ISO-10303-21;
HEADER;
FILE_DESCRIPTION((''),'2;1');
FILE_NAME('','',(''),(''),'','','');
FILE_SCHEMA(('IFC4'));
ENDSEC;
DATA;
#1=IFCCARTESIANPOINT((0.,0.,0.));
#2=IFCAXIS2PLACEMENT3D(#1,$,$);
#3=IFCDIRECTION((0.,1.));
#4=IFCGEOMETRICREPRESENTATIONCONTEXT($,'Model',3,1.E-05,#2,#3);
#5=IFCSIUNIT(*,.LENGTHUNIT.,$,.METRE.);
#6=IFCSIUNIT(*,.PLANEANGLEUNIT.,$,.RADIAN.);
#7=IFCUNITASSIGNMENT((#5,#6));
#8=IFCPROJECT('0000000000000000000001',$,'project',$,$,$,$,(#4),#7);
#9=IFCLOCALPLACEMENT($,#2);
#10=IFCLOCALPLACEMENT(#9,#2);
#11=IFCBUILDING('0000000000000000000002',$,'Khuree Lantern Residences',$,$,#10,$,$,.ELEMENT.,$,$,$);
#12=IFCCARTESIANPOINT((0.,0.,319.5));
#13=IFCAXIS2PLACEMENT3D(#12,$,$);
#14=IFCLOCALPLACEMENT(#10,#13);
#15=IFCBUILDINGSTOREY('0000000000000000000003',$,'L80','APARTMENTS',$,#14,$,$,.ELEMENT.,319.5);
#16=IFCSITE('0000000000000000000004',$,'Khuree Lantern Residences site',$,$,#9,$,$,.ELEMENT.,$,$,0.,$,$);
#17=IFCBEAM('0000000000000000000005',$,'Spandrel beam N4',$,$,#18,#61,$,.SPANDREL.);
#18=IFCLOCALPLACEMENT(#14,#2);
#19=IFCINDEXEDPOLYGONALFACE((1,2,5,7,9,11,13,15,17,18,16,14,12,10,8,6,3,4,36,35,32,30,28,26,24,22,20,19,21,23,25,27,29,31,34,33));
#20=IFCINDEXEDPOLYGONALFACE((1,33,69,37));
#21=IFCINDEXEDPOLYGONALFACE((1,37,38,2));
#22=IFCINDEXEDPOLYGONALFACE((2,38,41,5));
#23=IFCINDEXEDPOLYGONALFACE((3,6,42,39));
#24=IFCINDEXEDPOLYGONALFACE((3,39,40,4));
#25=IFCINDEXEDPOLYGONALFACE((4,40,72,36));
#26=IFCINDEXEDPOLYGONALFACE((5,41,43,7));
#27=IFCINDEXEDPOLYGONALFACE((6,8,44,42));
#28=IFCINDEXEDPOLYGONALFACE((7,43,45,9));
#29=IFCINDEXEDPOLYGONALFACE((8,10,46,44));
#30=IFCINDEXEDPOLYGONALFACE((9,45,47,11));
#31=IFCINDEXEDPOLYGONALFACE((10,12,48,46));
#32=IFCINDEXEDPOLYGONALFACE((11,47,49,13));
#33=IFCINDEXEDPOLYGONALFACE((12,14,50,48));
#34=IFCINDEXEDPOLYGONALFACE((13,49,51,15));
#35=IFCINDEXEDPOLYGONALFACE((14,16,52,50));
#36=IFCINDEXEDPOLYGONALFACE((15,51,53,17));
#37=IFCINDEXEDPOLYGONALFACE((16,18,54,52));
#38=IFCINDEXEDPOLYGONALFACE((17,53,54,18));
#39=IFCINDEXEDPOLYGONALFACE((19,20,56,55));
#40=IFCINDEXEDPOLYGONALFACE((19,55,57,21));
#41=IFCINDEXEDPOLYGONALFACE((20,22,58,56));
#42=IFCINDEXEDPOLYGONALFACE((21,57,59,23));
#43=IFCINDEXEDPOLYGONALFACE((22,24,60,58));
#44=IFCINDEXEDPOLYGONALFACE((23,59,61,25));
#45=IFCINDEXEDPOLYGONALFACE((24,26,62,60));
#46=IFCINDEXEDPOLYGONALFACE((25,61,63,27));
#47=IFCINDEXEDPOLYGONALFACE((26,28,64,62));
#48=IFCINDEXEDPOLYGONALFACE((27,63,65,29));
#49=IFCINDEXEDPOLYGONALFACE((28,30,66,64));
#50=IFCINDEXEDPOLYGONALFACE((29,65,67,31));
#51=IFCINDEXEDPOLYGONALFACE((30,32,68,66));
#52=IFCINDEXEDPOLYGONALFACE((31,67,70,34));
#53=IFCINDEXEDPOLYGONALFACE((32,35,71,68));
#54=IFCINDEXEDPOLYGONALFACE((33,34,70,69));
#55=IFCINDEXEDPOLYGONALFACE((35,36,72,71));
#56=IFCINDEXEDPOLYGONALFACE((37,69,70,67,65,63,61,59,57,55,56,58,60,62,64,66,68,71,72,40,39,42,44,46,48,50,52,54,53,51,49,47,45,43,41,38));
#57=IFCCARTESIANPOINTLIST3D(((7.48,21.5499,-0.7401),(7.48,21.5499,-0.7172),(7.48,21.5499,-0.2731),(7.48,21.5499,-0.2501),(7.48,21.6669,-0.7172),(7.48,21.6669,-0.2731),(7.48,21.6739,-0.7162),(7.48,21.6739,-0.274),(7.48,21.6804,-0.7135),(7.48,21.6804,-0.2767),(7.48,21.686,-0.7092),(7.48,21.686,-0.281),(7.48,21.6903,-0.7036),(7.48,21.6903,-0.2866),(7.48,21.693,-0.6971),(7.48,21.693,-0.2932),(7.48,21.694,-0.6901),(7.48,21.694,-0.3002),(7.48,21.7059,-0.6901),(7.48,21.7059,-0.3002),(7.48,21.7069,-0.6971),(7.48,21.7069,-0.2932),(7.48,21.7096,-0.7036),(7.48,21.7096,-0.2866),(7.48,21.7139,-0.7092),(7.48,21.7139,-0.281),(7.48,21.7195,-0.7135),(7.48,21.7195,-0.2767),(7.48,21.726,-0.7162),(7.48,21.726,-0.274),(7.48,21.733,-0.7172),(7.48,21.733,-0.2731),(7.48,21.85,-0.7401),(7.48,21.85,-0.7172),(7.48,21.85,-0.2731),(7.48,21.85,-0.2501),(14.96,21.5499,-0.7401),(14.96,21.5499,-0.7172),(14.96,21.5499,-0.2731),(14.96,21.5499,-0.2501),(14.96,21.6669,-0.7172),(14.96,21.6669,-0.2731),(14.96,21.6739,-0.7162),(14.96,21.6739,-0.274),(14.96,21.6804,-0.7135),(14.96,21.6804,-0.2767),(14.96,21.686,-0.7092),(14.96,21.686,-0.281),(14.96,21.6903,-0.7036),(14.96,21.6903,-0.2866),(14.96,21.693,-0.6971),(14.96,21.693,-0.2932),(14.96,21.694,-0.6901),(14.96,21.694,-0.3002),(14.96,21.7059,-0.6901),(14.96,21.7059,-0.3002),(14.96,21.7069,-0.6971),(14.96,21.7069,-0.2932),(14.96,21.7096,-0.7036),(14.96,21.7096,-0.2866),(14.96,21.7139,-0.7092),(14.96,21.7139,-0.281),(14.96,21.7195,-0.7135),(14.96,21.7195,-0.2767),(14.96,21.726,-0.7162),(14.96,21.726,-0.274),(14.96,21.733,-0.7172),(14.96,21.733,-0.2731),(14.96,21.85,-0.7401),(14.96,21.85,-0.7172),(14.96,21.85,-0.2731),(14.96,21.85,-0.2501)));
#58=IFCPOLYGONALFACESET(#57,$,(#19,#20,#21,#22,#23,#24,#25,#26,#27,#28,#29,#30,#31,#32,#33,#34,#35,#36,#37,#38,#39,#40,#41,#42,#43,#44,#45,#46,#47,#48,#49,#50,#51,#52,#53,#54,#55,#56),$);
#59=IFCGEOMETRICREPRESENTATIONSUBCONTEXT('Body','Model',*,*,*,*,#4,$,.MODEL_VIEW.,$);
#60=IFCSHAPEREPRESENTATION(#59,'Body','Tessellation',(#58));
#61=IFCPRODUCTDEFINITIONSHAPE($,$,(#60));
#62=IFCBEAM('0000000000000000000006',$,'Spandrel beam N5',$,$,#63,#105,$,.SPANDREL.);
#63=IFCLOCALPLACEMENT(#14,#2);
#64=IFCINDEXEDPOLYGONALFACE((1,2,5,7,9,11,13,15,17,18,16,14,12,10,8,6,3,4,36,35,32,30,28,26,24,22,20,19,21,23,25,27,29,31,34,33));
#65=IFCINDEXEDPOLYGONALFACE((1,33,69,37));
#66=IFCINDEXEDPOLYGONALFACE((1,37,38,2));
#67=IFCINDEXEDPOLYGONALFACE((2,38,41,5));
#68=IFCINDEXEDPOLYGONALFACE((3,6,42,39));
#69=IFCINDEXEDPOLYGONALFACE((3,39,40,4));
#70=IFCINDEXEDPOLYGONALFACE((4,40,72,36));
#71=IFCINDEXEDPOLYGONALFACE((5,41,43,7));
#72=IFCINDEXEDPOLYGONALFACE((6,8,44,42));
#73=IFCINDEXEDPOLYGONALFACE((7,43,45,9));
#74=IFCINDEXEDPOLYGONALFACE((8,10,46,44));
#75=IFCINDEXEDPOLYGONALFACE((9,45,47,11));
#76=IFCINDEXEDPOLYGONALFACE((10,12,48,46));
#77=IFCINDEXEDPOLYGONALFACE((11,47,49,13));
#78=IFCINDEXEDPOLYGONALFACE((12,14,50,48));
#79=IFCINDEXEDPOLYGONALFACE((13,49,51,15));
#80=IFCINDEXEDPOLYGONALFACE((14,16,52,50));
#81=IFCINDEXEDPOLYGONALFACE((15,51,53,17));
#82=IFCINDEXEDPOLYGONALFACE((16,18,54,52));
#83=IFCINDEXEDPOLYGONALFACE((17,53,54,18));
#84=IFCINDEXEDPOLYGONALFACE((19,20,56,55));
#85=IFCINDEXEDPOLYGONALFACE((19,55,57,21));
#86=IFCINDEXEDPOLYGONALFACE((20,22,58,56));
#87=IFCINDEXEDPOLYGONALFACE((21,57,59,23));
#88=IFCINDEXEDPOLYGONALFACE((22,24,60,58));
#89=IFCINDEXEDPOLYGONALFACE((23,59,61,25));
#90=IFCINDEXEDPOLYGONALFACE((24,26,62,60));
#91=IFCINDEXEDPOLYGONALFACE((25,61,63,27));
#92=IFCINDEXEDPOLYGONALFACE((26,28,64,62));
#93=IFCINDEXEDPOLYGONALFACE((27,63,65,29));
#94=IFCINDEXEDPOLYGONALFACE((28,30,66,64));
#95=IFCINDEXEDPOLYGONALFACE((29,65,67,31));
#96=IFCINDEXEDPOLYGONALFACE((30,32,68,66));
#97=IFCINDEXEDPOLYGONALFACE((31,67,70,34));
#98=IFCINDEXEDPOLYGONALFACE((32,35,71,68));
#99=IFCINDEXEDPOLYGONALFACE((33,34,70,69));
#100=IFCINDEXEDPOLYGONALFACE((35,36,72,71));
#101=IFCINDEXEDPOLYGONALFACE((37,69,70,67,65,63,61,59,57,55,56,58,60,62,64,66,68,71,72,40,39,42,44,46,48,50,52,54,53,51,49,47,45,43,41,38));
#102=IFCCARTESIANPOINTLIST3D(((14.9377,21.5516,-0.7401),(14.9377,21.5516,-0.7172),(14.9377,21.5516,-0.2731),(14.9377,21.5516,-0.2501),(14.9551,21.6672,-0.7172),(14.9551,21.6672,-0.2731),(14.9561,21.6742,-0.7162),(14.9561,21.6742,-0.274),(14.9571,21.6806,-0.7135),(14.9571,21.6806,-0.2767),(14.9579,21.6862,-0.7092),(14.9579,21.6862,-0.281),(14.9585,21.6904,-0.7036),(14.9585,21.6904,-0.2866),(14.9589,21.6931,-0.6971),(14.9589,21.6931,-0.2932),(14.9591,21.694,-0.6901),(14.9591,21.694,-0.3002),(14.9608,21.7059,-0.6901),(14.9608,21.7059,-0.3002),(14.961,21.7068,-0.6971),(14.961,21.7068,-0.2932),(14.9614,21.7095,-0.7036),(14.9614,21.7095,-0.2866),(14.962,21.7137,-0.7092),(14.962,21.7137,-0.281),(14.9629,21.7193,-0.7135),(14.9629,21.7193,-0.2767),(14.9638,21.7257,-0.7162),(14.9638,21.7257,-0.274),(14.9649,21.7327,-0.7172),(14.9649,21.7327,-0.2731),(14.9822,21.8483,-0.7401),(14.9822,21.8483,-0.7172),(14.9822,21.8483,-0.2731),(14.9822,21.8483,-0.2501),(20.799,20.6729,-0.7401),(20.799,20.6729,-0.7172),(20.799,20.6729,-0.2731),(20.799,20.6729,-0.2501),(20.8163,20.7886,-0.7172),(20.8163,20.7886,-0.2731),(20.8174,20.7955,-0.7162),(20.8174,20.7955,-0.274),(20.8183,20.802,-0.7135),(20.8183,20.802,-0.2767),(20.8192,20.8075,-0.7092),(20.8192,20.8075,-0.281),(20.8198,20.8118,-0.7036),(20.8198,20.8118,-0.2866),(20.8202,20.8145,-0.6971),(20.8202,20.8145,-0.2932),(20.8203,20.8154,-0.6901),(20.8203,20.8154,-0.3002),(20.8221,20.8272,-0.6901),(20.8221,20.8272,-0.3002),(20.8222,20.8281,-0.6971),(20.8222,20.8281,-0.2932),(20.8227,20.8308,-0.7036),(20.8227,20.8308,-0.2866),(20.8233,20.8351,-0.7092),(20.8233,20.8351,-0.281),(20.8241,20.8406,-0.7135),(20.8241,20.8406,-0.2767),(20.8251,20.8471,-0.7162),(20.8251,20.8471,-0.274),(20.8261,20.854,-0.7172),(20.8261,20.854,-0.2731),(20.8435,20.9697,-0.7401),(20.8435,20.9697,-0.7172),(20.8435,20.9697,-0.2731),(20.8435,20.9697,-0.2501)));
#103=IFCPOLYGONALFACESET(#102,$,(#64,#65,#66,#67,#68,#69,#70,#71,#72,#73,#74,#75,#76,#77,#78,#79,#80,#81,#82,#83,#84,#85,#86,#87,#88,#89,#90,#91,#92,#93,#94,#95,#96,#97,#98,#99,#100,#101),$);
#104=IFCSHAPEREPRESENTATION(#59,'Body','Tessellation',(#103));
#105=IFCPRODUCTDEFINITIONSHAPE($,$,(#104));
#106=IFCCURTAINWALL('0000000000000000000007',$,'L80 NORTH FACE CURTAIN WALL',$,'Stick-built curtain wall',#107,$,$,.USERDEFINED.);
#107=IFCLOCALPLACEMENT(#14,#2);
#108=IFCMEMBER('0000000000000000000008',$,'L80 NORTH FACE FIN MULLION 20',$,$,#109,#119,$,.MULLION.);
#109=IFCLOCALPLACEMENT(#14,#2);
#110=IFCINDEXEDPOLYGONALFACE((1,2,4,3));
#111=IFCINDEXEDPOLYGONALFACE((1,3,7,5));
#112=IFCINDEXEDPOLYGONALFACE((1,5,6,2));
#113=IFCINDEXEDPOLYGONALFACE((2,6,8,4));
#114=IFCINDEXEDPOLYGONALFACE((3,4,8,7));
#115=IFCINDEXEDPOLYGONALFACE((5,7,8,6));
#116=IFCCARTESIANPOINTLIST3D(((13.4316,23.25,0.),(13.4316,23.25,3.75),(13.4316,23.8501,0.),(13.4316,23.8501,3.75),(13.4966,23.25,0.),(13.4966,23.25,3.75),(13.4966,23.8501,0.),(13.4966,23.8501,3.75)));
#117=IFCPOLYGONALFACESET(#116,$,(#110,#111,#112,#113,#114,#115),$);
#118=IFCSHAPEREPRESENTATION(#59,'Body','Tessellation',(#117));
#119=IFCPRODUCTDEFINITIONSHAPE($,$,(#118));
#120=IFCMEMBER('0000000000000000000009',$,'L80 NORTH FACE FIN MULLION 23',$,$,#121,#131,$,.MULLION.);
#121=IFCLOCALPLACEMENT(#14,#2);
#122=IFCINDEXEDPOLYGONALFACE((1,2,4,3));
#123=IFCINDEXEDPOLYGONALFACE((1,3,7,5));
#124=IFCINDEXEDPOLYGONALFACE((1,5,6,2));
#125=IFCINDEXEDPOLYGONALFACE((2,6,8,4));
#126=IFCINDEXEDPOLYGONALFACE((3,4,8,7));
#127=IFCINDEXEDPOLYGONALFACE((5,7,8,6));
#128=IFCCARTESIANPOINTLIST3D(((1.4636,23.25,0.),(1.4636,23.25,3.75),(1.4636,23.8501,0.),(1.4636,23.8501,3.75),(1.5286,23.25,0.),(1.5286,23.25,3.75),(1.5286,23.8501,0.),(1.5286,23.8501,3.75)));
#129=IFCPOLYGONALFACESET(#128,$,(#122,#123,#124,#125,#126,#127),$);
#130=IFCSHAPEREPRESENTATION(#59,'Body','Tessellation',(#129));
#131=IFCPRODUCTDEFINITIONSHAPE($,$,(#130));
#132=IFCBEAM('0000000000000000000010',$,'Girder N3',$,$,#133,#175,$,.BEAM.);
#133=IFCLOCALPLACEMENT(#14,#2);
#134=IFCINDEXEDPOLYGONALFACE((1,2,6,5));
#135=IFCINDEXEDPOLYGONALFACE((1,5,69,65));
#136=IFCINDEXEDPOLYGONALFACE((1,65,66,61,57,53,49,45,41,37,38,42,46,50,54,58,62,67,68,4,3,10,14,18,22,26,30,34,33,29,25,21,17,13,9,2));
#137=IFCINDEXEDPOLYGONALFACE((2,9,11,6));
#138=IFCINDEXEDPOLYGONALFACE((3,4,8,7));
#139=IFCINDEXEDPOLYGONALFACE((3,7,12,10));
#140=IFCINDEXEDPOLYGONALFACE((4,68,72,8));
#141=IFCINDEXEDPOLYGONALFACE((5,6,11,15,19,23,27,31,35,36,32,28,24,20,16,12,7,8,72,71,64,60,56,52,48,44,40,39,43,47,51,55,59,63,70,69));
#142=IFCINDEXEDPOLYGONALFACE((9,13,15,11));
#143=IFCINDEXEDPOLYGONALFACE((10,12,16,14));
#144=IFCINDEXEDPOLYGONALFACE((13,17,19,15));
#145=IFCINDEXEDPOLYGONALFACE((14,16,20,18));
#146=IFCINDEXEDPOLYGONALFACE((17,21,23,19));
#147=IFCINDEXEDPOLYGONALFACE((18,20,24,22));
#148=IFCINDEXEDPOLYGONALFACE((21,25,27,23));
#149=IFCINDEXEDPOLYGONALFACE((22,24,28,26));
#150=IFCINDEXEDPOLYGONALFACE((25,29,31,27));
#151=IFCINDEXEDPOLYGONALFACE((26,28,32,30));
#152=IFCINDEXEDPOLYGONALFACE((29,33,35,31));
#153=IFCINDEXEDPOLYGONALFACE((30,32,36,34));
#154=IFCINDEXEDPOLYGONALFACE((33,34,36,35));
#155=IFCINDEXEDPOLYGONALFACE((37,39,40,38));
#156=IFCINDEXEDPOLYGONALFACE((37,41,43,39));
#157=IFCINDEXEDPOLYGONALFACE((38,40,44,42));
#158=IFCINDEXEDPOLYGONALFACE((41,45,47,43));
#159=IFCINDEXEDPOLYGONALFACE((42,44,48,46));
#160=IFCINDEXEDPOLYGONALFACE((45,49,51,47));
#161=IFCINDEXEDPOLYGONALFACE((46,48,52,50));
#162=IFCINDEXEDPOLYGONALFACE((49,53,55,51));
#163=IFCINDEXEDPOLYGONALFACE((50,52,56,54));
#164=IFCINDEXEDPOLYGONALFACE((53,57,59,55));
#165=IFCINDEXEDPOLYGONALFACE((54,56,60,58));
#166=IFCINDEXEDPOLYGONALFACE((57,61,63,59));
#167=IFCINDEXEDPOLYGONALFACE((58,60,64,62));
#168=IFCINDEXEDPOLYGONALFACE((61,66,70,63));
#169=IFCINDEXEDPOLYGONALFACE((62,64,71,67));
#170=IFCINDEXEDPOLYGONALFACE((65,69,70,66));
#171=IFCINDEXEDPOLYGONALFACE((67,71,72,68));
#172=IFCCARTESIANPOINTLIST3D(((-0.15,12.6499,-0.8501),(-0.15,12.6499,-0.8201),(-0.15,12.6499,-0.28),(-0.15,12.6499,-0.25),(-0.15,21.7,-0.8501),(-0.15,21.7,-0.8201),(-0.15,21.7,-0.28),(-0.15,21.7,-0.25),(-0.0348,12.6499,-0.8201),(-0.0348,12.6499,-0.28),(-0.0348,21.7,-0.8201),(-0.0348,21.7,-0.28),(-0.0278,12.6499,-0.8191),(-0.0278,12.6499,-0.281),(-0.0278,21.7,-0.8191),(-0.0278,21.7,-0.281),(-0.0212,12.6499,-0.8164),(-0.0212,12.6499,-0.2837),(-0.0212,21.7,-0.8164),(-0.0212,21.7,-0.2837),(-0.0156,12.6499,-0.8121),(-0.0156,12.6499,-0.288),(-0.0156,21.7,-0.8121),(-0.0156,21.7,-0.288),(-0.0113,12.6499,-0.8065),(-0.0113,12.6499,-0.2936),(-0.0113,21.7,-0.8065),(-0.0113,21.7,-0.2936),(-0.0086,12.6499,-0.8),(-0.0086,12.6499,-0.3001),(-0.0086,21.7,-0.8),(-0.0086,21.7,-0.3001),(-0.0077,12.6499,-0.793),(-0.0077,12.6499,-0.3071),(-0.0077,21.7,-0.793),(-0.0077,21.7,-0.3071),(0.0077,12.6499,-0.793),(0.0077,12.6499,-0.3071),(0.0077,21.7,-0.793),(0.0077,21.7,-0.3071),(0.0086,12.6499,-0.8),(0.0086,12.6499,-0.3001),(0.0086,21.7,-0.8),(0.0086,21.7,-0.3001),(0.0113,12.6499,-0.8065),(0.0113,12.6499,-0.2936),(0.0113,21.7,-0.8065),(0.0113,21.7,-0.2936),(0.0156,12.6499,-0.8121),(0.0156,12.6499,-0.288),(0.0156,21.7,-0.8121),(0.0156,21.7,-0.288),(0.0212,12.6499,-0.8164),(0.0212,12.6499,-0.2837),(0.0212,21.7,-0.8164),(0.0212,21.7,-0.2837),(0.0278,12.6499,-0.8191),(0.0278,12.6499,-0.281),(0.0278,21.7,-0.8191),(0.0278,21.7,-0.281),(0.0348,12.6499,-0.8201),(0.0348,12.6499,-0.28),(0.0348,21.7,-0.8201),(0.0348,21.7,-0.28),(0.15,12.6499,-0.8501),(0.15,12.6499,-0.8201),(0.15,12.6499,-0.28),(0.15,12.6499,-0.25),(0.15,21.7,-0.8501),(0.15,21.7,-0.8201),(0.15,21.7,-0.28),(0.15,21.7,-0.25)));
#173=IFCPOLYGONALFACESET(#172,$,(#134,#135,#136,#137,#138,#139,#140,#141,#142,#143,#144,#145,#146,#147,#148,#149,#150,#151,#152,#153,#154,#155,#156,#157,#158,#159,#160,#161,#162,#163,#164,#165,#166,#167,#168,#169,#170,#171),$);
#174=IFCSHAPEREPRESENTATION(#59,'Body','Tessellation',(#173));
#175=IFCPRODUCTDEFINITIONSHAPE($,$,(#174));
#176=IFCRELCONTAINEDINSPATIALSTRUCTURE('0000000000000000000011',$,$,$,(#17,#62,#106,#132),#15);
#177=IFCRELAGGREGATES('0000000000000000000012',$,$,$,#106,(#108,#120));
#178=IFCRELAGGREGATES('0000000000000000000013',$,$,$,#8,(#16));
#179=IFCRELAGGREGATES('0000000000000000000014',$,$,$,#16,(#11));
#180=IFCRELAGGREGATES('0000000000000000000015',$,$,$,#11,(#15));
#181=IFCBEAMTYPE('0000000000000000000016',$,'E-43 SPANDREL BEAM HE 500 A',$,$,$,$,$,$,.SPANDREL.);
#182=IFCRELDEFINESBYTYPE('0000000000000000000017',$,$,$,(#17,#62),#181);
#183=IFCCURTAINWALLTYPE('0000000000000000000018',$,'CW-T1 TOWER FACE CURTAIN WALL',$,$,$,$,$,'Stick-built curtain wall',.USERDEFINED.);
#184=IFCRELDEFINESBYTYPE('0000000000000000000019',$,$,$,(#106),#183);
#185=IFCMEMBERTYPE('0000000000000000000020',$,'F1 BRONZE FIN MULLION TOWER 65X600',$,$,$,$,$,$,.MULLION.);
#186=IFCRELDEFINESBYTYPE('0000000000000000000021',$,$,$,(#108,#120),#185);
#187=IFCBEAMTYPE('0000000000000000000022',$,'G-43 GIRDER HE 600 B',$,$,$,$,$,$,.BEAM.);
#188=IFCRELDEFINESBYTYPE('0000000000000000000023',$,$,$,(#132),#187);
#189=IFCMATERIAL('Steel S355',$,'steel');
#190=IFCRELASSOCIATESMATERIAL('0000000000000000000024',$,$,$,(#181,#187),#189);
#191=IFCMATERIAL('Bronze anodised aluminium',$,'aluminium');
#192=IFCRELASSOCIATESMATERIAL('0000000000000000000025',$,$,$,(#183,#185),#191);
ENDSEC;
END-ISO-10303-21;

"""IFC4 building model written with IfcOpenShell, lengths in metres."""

from ifc_helpers import new_model, si_unit, direction, frame, origin, origin_2d, place, context, subcontext, project, spatial, rectangle, i_section, extrude, material, material_profile, profile_set, type_object, element, aggregate, save


model = new_model("IFC4")

# Units and contexts
model_context = context("Model", 3, precision=1e-05, world=origin(), true_north=direction((0.0, 1.0)))
body_context = subcontext(model_context, "Body", "Model", "MODEL_VIEW")
ifc_project = project(units=[si_unit("LENGTHUNIT", "METRE"), si_unit("PLANEANGLEUNIT", "RADIAN")], contexts=[model_context])

# Site, building, storey
site_placement = place(None, origin())
site = spatial("IfcSite", under=ifc_project, at=site_placement, Name="Khuree Lantern Residences site", CompositionType="ELEMENT", RefElevation=0.0)
building_placement = place(site_placement, origin())
building = spatial("IfcBuilding", under=site, at=building_placement, Name="Khuree Lantern Residences", CompositionType="ELEMENT")
storey_placement = place(building_placement, frame((0.0, 0.0, 319.5)))
storey = spatial("IfcBuildingStorey", under=building, at=storey_placement, Name="L80", Description="APARTMENTS", CompositionType="ELEMENT", Elevation=319.5)

# Beams
ifc_material_1 = material(Name="Steel S355", Category="steel")
ifc_material_profile_1 = material_profile(ifc_material_1, i_section(OverallWidth=0.3, OverallDepth=0.49, WebThickness=0.012, FlangeThickness=0.0229, FilletRadius=0.0271, at=origin_2d()), Name="HE 500 A")
ifc_profile_set_1 = profile_set([ifc_material_profile_1], Name="Steel S355")
beam_type_1 = type_object("IfcBeamType", Name="E-43 SPANDREL BEAM HE 500 A", PredefinedType="SPANDREL", material=ifc_profile_set_1)
for number, where, z_axis, x_axis, name in (
    (1, (7.48, 21.7, -0.4951), (1.0, 0.0, 0.0), (0.0, 1.0, 0.0), "Spandrel beam N4"),
):
    element("IfcBeam", number, at=place(storey_placement, frame(where, z_axis=z_axis, x_axis=x_axis)), inside=storey, type_object=beam_type_1, Name=name, PredefinedType="SPANDREL", context=body_context, shape_type="SweptSolid", body=[
        extrude(i_section(OverallWidth=0.3, OverallDepth=0.49, WebThickness=0.012, FlangeThickness=0.0229, FilletRadius=0.0271, at=origin_2d()), origin(), (0.0, 0.0, 1.0), 7.48),
    ])
beam_placement = place(storey_placement, frame((14.96, 21.7, -0.4951), z_axis=(0.98895, -0.148252, 0.0), x_axis=(0.148252, 0.98895, 0.0)))
element("IfcBeam", 2, at=beam_placement, inside=storey, type_object=beam_type_1, Name="Spandrel beam N5", PredefinedType="SPANDREL", context=body_context, shape_type="SweptSolid", body=[
    extrude(i_section(OverallWidth=0.3, OverallDepth=0.49, WebThickness=0.012, FlangeThickness=0.0229, FilletRadius=0.0271, at=origin_2d()), origin(), (0.0, 0.0, 1.0), 5.9268),
])

# Curtain wall, members
ifc_material_2 = material(Name="Bronze anodised aluminium", Category="aluminium")
curtain_wall_type = type_object("IfcCurtainWallType", Name="CW-T1 TOWER FACE CURTAIN WALL", ElementType="Stick-built curtain wall", PredefinedType="USERDEFINED", material=ifc_material_2)
curtain_wall_placement = place(storey_placement, origin())
curtain_wall = element("IfcCurtainWall", 3, at=curtain_wall_placement, inside=storey, type_object=curtain_wall_type, Name="L80 NORTH FACE CURTAIN WALL", ObjectType="Stick-built curtain wall", PredefinedType="USERDEFINED")
ifc_material_profile_2 = material_profile(ifc_material_2, rectangle(XDim=0.0649, YDim=0.6001, at=origin_2d()), Name="F1 65X600")
ifc_profile_set_2 = profile_set([ifc_material_profile_2], Name="Bronze anodised aluminium")
member_type_1 = type_object("IfcMemberType", Name="F1 BRONZE FIN MULLION TOWER 65X600", PredefinedType="MULLION", material=ifc_profile_set_2)
member_1_placement = place(storey_placement, frame((13.4641, 23.55, 0.0), z_axis=(0.0, 0.0, 1.0), x_axis=(-1.0, 0.0, 0.0)))
member_1 = element("IfcMember", 4, at=member_1_placement, type_object=member_type_1, Name="L80 NORTH FACE FIN MULLION 20", PredefinedType="MULLION", context=body_context, shape_type="SweptSolid", body=[
    extrude(rectangle(XDim=0.0649, YDim=0.6001, at=origin_2d()), origin(), (0.0, 0.0, 1.0), 3.75),
])
member_2_placement = place(storey_placement, frame((1.4961, 23.55, 0.0), z_axis=(0.0, 0.0, 1.0), x_axis=(-1.0, 0.0, 0.0)))
member_2 = element("IfcMember", 5, at=member_2_placement, type_object=member_type_1, Name="L80 NORTH FACE FIN MULLION 23", PredefinedType="MULLION", context=body_context, shape_type="SweptSolid", body=[
    extrude(rectangle(XDim=0.0649, YDim=0.6001, at=origin_2d()), origin(), (0.0, 0.0, 1.0), 3.75),
])

# Beam
ifc_material_profile_3 = material_profile(ifc_material_1, i_section(OverallWidth=0.3, OverallDepth=0.6001, WebThickness=0.0154, FlangeThickness=0.03, FilletRadius=0.0271, at=origin_2d()), Name="HE 600 B")
ifc_profile_set_3 = profile_set([ifc_material_profile_3], Name="Steel S355")
beam_type_2 = type_object("IfcBeamType", Name="G-43 GIRDER HE 600 B", PredefinedType="BEAM", material=ifc_profile_set_3)
for number, where, z_axis, x_axis, name in (
    (6, (0.0, 21.7, -0.55), (0.0, -1.0, 0.0), (1.0, 0.0, 0.0), "Girder N3"),
):
    element("IfcBeam", number, at=place(storey_placement, frame(where, z_axis=z_axis, x_axis=x_axis)), inside=storey, type_object=beam_type_2, Name=name, PredefinedType="BEAM", context=body_context, shape_type="SweptSolid", body=[
        extrude(i_section(OverallWidth=0.3, OverallDepth=0.6001, WebThickness=0.0154, FlangeThickness=0.03, FilletRadius=0.0271, at=origin_2d()), origin(), (0.0, 0.0, 1.0), 9.05),
    ])

aggregate(curtain_wall, [member_1, member_2])

save(model, "model.ifc")
